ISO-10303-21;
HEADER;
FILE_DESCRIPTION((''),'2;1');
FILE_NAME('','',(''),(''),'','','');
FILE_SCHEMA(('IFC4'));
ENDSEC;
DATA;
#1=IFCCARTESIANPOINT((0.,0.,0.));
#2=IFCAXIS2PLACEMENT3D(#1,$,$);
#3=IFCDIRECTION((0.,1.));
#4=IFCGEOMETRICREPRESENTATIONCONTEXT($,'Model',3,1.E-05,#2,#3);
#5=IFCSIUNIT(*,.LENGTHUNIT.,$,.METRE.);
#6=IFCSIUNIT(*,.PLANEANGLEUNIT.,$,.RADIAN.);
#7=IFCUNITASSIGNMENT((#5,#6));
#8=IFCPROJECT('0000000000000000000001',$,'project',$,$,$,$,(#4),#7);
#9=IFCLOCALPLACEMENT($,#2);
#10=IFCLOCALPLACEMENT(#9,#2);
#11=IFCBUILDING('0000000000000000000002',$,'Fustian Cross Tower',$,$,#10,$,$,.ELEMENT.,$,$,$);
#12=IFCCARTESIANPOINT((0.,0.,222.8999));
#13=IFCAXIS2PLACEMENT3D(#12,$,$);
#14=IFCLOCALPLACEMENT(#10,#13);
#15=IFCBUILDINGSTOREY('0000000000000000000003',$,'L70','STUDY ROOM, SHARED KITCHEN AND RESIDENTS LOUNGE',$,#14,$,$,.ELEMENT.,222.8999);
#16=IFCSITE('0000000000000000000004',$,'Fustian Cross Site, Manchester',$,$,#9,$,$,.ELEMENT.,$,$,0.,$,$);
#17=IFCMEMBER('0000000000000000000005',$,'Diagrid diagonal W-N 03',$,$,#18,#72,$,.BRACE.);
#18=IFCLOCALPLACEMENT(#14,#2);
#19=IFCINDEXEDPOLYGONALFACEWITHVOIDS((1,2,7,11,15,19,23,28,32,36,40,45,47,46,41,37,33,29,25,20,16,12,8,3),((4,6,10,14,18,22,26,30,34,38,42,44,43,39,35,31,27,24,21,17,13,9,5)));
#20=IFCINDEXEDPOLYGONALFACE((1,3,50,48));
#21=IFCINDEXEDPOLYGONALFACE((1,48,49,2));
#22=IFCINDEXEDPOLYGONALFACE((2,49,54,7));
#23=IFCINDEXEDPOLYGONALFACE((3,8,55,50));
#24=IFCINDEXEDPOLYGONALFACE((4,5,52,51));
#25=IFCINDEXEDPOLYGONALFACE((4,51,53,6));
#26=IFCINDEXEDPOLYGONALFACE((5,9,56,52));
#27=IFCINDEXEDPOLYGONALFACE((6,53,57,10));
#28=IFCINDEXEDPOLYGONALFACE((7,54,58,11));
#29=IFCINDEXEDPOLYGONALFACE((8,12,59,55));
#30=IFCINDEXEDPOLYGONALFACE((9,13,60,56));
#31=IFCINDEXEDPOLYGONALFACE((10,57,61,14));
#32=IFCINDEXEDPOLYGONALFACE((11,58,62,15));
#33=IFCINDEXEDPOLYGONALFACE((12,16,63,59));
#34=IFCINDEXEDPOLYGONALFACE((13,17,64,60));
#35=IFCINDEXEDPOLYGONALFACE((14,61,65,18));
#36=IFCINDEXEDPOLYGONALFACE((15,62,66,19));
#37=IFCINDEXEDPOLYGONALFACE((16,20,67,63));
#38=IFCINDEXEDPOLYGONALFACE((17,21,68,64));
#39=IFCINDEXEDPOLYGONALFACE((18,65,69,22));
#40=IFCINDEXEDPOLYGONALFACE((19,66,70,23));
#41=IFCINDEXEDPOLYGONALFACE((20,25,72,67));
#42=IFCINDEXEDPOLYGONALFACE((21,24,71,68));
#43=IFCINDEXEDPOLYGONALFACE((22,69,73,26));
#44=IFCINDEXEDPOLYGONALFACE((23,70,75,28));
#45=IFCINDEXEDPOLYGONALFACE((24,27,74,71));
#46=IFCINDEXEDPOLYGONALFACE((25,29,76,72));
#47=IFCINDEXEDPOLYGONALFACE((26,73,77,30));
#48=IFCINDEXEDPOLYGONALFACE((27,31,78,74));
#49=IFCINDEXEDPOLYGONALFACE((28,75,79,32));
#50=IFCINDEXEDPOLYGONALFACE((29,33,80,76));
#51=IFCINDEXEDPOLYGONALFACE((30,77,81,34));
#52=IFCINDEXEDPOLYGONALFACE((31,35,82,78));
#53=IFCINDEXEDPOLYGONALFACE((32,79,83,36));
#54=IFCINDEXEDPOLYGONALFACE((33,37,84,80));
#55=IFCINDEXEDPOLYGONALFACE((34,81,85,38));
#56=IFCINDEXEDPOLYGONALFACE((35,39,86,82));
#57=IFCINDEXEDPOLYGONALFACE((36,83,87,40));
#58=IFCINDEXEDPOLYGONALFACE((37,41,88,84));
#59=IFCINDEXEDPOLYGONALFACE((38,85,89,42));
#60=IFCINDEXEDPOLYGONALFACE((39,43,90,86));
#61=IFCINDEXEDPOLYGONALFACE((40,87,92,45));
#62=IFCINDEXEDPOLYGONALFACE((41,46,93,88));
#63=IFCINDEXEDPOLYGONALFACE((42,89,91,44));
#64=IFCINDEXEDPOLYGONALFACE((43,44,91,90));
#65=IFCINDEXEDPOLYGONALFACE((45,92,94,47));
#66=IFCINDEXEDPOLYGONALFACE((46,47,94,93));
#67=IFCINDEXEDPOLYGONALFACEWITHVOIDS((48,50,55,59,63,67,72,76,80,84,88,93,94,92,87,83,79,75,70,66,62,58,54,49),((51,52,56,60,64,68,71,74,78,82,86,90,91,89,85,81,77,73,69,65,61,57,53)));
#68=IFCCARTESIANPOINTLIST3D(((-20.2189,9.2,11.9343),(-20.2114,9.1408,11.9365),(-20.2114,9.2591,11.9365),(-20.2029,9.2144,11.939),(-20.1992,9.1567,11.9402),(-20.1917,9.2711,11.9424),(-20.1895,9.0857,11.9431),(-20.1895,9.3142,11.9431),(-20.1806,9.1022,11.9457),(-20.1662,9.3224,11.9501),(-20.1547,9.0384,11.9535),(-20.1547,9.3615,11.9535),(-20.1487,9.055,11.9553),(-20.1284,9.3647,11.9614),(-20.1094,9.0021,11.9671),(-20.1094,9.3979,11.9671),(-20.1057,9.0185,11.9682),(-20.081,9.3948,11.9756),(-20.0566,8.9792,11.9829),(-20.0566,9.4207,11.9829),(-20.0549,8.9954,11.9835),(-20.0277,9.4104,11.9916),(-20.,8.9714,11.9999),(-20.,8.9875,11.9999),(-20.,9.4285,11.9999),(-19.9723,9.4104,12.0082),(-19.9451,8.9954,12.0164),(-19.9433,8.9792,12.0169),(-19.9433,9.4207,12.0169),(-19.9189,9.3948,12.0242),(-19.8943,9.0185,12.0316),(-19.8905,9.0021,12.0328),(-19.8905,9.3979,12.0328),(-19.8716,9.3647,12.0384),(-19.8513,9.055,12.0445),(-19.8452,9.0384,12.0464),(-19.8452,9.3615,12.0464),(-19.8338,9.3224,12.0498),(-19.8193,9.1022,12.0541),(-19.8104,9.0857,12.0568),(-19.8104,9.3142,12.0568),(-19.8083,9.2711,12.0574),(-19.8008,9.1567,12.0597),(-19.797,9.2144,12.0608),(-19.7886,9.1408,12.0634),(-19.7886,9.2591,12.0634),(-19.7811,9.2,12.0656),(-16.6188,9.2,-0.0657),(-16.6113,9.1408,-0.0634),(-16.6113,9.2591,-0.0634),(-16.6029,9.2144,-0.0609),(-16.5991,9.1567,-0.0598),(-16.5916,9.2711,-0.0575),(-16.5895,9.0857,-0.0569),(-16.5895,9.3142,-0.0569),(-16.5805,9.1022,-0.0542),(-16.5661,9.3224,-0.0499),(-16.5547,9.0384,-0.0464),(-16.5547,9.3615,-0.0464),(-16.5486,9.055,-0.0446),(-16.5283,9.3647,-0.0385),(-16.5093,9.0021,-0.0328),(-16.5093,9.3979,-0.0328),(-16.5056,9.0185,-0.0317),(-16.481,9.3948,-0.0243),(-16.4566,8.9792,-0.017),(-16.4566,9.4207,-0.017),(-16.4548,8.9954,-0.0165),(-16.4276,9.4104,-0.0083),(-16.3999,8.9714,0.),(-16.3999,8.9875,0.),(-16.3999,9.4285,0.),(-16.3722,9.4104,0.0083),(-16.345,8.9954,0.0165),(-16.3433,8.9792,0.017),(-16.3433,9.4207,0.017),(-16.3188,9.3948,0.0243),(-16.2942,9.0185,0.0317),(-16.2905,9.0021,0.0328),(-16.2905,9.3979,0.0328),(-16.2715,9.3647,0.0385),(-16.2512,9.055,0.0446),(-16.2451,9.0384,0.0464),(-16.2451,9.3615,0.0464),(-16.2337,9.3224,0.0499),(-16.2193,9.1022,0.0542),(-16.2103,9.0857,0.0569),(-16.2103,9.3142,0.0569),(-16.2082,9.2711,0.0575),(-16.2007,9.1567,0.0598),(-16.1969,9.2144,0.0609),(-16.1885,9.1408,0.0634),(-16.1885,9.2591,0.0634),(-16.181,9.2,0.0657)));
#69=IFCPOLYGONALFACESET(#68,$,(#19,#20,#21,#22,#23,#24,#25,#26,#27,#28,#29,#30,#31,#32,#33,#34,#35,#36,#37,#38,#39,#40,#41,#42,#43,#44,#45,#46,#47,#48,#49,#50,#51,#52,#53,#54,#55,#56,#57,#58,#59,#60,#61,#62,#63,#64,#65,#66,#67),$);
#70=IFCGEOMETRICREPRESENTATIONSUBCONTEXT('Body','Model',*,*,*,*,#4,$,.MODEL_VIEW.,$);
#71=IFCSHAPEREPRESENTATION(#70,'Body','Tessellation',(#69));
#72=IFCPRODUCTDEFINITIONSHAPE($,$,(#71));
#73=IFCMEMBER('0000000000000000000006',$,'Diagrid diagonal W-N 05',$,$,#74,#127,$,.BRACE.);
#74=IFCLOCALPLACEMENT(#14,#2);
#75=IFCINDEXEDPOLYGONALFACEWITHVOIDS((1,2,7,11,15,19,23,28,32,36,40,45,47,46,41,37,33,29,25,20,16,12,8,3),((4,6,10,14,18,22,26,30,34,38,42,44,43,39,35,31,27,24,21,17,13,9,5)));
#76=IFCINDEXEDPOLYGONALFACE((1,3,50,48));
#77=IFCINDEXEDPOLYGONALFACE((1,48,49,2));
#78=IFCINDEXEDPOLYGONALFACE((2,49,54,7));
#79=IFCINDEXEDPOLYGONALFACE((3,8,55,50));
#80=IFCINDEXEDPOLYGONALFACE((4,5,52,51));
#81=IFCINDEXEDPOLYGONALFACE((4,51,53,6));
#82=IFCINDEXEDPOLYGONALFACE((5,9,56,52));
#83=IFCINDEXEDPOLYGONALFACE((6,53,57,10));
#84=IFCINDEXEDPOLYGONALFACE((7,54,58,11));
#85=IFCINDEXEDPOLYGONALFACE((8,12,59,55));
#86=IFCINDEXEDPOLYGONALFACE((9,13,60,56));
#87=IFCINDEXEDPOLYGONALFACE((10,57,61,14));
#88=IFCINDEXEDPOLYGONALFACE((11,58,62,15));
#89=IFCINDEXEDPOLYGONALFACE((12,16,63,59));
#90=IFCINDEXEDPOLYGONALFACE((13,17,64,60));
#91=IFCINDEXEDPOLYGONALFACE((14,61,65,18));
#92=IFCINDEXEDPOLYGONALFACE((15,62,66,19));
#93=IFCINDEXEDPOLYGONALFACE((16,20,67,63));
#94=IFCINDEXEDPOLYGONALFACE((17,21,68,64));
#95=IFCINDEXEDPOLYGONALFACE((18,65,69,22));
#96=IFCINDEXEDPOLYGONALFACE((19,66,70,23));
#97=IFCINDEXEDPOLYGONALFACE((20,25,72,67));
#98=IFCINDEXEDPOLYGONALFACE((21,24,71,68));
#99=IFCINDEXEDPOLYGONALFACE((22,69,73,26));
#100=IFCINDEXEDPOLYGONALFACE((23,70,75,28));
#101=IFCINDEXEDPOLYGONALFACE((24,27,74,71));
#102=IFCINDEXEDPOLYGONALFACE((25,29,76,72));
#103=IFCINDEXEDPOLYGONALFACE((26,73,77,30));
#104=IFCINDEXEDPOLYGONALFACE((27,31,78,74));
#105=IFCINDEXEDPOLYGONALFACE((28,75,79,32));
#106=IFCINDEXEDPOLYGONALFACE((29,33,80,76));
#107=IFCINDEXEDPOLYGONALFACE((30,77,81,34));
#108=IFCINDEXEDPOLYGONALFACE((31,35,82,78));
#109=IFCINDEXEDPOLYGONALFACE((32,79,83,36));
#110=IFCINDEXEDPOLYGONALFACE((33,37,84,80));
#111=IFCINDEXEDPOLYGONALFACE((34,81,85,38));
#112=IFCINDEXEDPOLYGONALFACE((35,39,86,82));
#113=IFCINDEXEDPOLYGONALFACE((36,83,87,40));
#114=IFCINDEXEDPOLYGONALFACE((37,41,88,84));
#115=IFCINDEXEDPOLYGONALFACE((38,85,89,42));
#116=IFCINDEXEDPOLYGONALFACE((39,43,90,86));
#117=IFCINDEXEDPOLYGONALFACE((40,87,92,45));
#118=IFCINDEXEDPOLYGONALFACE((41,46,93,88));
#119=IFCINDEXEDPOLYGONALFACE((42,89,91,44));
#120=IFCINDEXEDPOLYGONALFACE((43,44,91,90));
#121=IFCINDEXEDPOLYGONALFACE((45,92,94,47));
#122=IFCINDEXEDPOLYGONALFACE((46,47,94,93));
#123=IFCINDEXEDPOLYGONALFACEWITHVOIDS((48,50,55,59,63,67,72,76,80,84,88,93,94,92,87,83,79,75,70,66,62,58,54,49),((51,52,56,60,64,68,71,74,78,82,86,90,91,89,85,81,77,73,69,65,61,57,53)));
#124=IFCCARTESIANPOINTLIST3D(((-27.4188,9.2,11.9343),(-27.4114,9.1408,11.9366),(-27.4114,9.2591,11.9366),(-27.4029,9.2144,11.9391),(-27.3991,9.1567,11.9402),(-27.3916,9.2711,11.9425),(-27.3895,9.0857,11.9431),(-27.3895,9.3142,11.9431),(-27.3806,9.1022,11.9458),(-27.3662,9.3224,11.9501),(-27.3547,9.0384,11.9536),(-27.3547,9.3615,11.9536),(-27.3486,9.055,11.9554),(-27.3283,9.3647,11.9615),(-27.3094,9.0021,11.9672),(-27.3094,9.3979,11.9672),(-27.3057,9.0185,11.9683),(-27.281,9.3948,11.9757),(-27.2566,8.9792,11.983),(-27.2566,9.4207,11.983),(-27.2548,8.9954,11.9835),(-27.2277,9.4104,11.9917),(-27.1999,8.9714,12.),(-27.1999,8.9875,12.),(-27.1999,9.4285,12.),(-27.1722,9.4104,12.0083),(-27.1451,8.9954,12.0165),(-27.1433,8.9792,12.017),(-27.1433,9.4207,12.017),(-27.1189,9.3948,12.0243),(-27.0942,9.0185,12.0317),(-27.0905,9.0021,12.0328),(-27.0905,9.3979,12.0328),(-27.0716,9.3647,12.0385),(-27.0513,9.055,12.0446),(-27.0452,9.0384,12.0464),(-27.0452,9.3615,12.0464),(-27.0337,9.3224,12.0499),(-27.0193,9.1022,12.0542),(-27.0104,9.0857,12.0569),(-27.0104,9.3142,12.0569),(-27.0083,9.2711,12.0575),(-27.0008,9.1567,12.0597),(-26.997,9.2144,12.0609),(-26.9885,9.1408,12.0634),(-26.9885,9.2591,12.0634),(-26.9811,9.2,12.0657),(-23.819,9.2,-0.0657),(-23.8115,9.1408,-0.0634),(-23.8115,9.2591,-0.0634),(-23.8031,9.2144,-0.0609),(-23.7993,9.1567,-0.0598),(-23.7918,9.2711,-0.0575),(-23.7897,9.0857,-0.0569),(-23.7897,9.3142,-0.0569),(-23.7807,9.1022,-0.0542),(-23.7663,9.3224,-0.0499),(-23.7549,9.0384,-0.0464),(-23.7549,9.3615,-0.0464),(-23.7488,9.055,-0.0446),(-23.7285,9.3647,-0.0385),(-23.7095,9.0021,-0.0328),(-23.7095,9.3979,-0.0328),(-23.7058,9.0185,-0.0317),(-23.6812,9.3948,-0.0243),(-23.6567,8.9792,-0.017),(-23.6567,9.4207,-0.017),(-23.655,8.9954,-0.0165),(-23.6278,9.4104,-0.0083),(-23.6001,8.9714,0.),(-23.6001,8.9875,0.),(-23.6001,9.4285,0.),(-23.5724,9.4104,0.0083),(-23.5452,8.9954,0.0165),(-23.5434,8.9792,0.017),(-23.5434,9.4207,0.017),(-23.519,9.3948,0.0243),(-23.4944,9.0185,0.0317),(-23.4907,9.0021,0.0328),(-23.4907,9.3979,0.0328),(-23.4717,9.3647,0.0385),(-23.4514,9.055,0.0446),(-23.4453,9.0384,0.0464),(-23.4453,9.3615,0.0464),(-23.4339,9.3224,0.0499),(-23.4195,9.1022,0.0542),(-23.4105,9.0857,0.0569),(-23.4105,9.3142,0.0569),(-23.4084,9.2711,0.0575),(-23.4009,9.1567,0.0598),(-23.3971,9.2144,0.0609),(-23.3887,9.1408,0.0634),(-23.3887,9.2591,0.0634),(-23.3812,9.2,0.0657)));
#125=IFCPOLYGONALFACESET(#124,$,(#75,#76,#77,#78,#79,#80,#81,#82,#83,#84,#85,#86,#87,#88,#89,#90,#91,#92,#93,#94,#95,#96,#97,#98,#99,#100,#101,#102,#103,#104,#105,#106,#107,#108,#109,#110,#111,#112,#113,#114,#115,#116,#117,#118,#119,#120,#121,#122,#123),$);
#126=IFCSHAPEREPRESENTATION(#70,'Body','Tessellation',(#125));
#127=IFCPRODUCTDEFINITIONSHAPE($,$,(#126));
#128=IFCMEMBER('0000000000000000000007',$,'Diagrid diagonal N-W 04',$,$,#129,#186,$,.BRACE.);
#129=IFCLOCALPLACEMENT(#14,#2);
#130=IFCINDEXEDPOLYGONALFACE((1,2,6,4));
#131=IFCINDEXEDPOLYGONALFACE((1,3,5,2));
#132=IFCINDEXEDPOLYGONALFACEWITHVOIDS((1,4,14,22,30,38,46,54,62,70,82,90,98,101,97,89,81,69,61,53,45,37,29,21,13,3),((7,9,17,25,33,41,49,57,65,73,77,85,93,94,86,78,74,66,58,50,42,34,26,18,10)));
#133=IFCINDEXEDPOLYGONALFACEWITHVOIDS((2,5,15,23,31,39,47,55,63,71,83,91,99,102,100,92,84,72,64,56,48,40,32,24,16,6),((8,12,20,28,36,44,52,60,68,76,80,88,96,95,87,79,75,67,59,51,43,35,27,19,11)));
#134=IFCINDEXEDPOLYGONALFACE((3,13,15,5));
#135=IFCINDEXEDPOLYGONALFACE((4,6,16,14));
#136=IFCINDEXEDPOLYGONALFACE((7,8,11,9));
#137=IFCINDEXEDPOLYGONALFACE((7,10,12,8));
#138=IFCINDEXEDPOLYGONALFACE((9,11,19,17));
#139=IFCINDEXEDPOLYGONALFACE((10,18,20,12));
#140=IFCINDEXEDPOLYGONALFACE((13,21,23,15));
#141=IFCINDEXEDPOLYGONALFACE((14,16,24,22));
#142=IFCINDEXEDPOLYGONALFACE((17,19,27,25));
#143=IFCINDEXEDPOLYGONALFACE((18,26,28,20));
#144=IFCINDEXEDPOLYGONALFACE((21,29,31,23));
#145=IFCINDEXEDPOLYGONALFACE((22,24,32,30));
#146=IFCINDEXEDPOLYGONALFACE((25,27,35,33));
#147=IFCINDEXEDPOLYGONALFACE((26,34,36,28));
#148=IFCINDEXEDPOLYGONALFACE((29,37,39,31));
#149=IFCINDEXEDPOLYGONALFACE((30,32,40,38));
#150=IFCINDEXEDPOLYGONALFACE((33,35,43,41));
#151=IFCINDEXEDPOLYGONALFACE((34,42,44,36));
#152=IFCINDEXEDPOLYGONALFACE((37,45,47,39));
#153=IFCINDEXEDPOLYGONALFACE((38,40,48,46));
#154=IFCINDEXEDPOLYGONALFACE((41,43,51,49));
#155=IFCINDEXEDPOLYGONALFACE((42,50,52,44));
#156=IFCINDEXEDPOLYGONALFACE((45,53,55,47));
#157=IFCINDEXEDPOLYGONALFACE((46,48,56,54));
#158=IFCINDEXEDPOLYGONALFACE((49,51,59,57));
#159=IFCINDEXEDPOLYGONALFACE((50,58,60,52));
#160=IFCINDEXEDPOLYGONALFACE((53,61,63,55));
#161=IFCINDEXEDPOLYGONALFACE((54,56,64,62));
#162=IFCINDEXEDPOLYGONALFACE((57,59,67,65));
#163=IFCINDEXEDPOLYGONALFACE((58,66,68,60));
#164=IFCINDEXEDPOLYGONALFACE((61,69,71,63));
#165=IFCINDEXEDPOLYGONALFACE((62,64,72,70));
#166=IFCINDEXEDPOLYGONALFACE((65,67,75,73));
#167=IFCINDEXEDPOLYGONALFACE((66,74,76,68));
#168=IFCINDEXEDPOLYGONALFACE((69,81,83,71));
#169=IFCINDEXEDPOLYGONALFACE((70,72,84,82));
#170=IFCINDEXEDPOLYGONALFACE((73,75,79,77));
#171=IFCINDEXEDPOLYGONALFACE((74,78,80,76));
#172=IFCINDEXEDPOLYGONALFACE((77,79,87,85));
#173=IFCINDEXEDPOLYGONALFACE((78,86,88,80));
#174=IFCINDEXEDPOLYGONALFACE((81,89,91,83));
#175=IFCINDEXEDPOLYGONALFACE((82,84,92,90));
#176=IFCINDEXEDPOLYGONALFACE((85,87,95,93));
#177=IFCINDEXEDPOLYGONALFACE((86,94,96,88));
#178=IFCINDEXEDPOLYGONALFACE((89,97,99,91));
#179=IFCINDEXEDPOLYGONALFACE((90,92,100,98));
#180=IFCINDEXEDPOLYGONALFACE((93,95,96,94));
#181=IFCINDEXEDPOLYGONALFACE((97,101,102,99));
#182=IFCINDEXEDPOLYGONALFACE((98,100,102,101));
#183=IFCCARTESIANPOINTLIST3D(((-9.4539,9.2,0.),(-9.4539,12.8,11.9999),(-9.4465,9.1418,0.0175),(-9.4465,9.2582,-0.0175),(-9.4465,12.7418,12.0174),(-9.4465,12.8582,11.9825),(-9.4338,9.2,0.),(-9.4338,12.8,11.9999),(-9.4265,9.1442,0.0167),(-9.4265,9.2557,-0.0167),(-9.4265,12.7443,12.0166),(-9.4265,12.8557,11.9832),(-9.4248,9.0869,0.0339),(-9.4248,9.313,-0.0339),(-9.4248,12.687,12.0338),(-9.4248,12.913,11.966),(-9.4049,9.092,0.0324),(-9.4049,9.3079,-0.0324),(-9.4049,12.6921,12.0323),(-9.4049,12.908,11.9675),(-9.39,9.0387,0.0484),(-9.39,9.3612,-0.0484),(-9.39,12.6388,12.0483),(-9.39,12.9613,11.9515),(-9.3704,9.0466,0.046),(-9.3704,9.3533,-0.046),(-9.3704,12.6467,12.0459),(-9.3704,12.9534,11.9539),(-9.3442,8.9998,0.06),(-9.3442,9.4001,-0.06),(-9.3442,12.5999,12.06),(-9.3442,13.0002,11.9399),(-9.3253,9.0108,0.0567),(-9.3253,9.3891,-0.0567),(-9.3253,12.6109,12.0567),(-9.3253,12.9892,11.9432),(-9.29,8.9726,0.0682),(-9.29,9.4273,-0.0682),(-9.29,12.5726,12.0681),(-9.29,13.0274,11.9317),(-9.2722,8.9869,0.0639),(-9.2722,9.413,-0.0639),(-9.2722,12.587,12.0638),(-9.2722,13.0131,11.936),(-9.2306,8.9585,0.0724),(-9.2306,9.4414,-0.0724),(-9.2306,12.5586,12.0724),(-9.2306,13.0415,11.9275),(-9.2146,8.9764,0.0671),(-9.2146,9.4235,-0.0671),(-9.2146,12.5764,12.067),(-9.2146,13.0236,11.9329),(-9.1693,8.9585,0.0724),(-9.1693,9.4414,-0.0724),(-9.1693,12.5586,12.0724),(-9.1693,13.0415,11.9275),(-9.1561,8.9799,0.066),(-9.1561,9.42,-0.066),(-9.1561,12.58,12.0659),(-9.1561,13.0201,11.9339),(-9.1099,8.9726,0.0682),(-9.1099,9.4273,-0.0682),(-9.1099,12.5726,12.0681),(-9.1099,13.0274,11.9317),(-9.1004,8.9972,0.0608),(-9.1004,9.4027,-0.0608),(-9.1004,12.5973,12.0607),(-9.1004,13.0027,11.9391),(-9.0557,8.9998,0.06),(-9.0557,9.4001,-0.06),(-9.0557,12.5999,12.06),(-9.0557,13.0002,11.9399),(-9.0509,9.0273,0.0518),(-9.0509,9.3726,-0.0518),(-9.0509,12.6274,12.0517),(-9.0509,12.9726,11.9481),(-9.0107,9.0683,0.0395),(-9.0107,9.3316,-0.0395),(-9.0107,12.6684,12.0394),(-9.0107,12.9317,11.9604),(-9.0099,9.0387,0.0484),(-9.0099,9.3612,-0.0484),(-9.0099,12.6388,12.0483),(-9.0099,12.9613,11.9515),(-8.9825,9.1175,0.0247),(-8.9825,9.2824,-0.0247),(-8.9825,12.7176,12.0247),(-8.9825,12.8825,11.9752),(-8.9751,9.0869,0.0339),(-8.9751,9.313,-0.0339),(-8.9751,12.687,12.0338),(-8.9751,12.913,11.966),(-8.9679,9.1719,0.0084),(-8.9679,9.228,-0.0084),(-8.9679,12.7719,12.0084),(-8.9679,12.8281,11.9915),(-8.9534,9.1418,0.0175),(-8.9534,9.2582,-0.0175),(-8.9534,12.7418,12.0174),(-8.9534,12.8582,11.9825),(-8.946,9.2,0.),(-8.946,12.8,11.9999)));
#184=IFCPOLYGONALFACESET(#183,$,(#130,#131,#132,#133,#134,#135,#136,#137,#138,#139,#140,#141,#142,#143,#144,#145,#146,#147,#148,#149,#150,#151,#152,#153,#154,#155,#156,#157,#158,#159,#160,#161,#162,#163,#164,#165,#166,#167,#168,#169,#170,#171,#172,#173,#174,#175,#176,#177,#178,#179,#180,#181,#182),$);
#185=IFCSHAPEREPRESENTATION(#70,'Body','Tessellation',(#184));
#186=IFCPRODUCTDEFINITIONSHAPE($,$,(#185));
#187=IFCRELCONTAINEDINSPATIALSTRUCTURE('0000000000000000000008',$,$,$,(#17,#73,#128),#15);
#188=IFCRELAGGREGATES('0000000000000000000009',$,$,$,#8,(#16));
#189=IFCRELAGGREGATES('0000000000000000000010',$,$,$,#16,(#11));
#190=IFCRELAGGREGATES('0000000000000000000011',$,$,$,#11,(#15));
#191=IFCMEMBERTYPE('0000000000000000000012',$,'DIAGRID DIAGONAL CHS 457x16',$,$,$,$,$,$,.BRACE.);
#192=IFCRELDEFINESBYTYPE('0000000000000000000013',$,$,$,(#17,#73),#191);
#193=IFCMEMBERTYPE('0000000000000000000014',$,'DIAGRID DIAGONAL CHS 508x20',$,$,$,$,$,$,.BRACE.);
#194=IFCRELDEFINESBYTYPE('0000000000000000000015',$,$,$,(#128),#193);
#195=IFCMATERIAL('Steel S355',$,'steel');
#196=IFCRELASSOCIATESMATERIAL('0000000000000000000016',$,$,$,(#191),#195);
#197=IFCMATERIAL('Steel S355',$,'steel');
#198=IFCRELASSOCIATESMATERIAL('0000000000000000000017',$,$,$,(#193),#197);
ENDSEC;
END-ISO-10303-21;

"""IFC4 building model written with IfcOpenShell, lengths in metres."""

from ifc_helpers import new_model, si_unit, direction, frame, origin, origin_2d, place, context, subcontext, project, spatial, hollow_circle, extrude, material, material_profile, profile_set, type_object, element, save


model = new_model("IFC4")

# Units and contexts
model_context = context("Model", 3, precision=1e-05, world=origin(), true_north=direction((0.0, 1.0)))
body_context = subcontext(model_context, "Body", "Model", "MODEL_VIEW")
ifc_project = project(units=[si_unit("LENGTHUNIT", "METRE"), si_unit("PLANEANGLEUNIT", "RADIAN")], contexts=[model_context])

# Site, building, storey
site_placement = place(None, origin())
site = spatial("IfcSite", under=ifc_project, at=site_placement, Name="Fustian Cross Site, Manchester", CompositionType="ELEMENT", RefElevation=0.0)
building_placement = place(site_placement, origin())
building = spatial("IfcBuilding", under=site, at=building_placement, Name="Fustian Cross Tower", CompositionType="ELEMENT")
storey_placement = place(building_placement, frame((0.0, 0.0, 222.8999)))
storey = spatial("IfcBuildingStorey", under=building, at=storey_placement, Name="L70", Description="STUDY ROOM, SHARED KITCHEN AND RESIDENTS LOUNGE", CompositionType="ELEMENT", Elevation=222.8999)

# Members
ifc_material_1 = material(Name="Steel S355", Category="steel")
ifc_material_profile_1 = material_profile(ifc_material_1, hollow_circle(Radius=0.2285, WallThickness=0.0161, at=origin_2d()), Name="CHS 457x16")
ifc_profile_set_1 = profile_set([ifc_material_profile_1], Name="Steel S355")
member_type_1 = type_object("IfcMemberType", Name="DIAGRID DIAGONAL CHS 457x16", PredefinedType="BRACE", material=ifc_profile_set_1)
for number, where, z_axis, x_axis, name in (
    (1, (-16.3999, 9.2, 0.0), (-0.287355, 0.0, 0.957824), (0.0, -1.0, 0.0), "Diagrid diagonal W-N 03"),
    (2, (-23.6001, 9.2, 0.0), (-0.287337, 0.0, 0.95783), (0.0, -1.0, 0.0), "Diagrid diagonal W-N 05"),
):
    element("IfcMember", number, at=place(storey_placement, frame(where, z_axis=z_axis, x_axis=x_axis)), inside=storey, type_object=member_type_1, Name=name, PredefinedType="BRACE", context=body_context, shape_type="SweptSolid", body=[
        extrude(hollow_circle(Radius=0.2285, WallThickness=0.0161, at=origin_2d()), origin(), (0.0, 0.0, 1.0), 12.5283),
    ])
ifc_material_2 = material(Name="Steel S355", Category="steel")
ifc_material_profile_2 = material_profile(ifc_material_2, hollow_circle(Radius=0.2539, WallThickness=0.02, at=origin_2d()), Name="CHS 508x20")
ifc_profile_set_2 = profile_set([ifc_material_profile_2], Name="Steel S355")
member_type_2 = type_object("IfcMemberType", Name="DIAGRID DIAGONAL CHS 508x20", PredefinedType="BRACE", material=ifc_profile_set_2)
for number, where, z_axis, x_axis, name in (
    (3, (-9.2, 9.2, 0.0), (0.0, 0.287355, 0.957824), (-1.0, 0.0, 0.0), "Diagrid diagonal N-W 04"),
):
    element("IfcMember", number, at=place(storey_placement, frame(where, z_axis=z_axis, x_axis=x_axis)), inside=storey, type_object=member_type_2, Name=name, PredefinedType="BRACE", context=body_context, shape_type="SweptSolid", body=[
        extrude(hollow_circle(Radius=0.2539, WallThickness=0.02, at=origin_2d()), origin(), (0.0, 0.0, 1.0), 12.5283),
    ])

save(model, "model.ifc")
